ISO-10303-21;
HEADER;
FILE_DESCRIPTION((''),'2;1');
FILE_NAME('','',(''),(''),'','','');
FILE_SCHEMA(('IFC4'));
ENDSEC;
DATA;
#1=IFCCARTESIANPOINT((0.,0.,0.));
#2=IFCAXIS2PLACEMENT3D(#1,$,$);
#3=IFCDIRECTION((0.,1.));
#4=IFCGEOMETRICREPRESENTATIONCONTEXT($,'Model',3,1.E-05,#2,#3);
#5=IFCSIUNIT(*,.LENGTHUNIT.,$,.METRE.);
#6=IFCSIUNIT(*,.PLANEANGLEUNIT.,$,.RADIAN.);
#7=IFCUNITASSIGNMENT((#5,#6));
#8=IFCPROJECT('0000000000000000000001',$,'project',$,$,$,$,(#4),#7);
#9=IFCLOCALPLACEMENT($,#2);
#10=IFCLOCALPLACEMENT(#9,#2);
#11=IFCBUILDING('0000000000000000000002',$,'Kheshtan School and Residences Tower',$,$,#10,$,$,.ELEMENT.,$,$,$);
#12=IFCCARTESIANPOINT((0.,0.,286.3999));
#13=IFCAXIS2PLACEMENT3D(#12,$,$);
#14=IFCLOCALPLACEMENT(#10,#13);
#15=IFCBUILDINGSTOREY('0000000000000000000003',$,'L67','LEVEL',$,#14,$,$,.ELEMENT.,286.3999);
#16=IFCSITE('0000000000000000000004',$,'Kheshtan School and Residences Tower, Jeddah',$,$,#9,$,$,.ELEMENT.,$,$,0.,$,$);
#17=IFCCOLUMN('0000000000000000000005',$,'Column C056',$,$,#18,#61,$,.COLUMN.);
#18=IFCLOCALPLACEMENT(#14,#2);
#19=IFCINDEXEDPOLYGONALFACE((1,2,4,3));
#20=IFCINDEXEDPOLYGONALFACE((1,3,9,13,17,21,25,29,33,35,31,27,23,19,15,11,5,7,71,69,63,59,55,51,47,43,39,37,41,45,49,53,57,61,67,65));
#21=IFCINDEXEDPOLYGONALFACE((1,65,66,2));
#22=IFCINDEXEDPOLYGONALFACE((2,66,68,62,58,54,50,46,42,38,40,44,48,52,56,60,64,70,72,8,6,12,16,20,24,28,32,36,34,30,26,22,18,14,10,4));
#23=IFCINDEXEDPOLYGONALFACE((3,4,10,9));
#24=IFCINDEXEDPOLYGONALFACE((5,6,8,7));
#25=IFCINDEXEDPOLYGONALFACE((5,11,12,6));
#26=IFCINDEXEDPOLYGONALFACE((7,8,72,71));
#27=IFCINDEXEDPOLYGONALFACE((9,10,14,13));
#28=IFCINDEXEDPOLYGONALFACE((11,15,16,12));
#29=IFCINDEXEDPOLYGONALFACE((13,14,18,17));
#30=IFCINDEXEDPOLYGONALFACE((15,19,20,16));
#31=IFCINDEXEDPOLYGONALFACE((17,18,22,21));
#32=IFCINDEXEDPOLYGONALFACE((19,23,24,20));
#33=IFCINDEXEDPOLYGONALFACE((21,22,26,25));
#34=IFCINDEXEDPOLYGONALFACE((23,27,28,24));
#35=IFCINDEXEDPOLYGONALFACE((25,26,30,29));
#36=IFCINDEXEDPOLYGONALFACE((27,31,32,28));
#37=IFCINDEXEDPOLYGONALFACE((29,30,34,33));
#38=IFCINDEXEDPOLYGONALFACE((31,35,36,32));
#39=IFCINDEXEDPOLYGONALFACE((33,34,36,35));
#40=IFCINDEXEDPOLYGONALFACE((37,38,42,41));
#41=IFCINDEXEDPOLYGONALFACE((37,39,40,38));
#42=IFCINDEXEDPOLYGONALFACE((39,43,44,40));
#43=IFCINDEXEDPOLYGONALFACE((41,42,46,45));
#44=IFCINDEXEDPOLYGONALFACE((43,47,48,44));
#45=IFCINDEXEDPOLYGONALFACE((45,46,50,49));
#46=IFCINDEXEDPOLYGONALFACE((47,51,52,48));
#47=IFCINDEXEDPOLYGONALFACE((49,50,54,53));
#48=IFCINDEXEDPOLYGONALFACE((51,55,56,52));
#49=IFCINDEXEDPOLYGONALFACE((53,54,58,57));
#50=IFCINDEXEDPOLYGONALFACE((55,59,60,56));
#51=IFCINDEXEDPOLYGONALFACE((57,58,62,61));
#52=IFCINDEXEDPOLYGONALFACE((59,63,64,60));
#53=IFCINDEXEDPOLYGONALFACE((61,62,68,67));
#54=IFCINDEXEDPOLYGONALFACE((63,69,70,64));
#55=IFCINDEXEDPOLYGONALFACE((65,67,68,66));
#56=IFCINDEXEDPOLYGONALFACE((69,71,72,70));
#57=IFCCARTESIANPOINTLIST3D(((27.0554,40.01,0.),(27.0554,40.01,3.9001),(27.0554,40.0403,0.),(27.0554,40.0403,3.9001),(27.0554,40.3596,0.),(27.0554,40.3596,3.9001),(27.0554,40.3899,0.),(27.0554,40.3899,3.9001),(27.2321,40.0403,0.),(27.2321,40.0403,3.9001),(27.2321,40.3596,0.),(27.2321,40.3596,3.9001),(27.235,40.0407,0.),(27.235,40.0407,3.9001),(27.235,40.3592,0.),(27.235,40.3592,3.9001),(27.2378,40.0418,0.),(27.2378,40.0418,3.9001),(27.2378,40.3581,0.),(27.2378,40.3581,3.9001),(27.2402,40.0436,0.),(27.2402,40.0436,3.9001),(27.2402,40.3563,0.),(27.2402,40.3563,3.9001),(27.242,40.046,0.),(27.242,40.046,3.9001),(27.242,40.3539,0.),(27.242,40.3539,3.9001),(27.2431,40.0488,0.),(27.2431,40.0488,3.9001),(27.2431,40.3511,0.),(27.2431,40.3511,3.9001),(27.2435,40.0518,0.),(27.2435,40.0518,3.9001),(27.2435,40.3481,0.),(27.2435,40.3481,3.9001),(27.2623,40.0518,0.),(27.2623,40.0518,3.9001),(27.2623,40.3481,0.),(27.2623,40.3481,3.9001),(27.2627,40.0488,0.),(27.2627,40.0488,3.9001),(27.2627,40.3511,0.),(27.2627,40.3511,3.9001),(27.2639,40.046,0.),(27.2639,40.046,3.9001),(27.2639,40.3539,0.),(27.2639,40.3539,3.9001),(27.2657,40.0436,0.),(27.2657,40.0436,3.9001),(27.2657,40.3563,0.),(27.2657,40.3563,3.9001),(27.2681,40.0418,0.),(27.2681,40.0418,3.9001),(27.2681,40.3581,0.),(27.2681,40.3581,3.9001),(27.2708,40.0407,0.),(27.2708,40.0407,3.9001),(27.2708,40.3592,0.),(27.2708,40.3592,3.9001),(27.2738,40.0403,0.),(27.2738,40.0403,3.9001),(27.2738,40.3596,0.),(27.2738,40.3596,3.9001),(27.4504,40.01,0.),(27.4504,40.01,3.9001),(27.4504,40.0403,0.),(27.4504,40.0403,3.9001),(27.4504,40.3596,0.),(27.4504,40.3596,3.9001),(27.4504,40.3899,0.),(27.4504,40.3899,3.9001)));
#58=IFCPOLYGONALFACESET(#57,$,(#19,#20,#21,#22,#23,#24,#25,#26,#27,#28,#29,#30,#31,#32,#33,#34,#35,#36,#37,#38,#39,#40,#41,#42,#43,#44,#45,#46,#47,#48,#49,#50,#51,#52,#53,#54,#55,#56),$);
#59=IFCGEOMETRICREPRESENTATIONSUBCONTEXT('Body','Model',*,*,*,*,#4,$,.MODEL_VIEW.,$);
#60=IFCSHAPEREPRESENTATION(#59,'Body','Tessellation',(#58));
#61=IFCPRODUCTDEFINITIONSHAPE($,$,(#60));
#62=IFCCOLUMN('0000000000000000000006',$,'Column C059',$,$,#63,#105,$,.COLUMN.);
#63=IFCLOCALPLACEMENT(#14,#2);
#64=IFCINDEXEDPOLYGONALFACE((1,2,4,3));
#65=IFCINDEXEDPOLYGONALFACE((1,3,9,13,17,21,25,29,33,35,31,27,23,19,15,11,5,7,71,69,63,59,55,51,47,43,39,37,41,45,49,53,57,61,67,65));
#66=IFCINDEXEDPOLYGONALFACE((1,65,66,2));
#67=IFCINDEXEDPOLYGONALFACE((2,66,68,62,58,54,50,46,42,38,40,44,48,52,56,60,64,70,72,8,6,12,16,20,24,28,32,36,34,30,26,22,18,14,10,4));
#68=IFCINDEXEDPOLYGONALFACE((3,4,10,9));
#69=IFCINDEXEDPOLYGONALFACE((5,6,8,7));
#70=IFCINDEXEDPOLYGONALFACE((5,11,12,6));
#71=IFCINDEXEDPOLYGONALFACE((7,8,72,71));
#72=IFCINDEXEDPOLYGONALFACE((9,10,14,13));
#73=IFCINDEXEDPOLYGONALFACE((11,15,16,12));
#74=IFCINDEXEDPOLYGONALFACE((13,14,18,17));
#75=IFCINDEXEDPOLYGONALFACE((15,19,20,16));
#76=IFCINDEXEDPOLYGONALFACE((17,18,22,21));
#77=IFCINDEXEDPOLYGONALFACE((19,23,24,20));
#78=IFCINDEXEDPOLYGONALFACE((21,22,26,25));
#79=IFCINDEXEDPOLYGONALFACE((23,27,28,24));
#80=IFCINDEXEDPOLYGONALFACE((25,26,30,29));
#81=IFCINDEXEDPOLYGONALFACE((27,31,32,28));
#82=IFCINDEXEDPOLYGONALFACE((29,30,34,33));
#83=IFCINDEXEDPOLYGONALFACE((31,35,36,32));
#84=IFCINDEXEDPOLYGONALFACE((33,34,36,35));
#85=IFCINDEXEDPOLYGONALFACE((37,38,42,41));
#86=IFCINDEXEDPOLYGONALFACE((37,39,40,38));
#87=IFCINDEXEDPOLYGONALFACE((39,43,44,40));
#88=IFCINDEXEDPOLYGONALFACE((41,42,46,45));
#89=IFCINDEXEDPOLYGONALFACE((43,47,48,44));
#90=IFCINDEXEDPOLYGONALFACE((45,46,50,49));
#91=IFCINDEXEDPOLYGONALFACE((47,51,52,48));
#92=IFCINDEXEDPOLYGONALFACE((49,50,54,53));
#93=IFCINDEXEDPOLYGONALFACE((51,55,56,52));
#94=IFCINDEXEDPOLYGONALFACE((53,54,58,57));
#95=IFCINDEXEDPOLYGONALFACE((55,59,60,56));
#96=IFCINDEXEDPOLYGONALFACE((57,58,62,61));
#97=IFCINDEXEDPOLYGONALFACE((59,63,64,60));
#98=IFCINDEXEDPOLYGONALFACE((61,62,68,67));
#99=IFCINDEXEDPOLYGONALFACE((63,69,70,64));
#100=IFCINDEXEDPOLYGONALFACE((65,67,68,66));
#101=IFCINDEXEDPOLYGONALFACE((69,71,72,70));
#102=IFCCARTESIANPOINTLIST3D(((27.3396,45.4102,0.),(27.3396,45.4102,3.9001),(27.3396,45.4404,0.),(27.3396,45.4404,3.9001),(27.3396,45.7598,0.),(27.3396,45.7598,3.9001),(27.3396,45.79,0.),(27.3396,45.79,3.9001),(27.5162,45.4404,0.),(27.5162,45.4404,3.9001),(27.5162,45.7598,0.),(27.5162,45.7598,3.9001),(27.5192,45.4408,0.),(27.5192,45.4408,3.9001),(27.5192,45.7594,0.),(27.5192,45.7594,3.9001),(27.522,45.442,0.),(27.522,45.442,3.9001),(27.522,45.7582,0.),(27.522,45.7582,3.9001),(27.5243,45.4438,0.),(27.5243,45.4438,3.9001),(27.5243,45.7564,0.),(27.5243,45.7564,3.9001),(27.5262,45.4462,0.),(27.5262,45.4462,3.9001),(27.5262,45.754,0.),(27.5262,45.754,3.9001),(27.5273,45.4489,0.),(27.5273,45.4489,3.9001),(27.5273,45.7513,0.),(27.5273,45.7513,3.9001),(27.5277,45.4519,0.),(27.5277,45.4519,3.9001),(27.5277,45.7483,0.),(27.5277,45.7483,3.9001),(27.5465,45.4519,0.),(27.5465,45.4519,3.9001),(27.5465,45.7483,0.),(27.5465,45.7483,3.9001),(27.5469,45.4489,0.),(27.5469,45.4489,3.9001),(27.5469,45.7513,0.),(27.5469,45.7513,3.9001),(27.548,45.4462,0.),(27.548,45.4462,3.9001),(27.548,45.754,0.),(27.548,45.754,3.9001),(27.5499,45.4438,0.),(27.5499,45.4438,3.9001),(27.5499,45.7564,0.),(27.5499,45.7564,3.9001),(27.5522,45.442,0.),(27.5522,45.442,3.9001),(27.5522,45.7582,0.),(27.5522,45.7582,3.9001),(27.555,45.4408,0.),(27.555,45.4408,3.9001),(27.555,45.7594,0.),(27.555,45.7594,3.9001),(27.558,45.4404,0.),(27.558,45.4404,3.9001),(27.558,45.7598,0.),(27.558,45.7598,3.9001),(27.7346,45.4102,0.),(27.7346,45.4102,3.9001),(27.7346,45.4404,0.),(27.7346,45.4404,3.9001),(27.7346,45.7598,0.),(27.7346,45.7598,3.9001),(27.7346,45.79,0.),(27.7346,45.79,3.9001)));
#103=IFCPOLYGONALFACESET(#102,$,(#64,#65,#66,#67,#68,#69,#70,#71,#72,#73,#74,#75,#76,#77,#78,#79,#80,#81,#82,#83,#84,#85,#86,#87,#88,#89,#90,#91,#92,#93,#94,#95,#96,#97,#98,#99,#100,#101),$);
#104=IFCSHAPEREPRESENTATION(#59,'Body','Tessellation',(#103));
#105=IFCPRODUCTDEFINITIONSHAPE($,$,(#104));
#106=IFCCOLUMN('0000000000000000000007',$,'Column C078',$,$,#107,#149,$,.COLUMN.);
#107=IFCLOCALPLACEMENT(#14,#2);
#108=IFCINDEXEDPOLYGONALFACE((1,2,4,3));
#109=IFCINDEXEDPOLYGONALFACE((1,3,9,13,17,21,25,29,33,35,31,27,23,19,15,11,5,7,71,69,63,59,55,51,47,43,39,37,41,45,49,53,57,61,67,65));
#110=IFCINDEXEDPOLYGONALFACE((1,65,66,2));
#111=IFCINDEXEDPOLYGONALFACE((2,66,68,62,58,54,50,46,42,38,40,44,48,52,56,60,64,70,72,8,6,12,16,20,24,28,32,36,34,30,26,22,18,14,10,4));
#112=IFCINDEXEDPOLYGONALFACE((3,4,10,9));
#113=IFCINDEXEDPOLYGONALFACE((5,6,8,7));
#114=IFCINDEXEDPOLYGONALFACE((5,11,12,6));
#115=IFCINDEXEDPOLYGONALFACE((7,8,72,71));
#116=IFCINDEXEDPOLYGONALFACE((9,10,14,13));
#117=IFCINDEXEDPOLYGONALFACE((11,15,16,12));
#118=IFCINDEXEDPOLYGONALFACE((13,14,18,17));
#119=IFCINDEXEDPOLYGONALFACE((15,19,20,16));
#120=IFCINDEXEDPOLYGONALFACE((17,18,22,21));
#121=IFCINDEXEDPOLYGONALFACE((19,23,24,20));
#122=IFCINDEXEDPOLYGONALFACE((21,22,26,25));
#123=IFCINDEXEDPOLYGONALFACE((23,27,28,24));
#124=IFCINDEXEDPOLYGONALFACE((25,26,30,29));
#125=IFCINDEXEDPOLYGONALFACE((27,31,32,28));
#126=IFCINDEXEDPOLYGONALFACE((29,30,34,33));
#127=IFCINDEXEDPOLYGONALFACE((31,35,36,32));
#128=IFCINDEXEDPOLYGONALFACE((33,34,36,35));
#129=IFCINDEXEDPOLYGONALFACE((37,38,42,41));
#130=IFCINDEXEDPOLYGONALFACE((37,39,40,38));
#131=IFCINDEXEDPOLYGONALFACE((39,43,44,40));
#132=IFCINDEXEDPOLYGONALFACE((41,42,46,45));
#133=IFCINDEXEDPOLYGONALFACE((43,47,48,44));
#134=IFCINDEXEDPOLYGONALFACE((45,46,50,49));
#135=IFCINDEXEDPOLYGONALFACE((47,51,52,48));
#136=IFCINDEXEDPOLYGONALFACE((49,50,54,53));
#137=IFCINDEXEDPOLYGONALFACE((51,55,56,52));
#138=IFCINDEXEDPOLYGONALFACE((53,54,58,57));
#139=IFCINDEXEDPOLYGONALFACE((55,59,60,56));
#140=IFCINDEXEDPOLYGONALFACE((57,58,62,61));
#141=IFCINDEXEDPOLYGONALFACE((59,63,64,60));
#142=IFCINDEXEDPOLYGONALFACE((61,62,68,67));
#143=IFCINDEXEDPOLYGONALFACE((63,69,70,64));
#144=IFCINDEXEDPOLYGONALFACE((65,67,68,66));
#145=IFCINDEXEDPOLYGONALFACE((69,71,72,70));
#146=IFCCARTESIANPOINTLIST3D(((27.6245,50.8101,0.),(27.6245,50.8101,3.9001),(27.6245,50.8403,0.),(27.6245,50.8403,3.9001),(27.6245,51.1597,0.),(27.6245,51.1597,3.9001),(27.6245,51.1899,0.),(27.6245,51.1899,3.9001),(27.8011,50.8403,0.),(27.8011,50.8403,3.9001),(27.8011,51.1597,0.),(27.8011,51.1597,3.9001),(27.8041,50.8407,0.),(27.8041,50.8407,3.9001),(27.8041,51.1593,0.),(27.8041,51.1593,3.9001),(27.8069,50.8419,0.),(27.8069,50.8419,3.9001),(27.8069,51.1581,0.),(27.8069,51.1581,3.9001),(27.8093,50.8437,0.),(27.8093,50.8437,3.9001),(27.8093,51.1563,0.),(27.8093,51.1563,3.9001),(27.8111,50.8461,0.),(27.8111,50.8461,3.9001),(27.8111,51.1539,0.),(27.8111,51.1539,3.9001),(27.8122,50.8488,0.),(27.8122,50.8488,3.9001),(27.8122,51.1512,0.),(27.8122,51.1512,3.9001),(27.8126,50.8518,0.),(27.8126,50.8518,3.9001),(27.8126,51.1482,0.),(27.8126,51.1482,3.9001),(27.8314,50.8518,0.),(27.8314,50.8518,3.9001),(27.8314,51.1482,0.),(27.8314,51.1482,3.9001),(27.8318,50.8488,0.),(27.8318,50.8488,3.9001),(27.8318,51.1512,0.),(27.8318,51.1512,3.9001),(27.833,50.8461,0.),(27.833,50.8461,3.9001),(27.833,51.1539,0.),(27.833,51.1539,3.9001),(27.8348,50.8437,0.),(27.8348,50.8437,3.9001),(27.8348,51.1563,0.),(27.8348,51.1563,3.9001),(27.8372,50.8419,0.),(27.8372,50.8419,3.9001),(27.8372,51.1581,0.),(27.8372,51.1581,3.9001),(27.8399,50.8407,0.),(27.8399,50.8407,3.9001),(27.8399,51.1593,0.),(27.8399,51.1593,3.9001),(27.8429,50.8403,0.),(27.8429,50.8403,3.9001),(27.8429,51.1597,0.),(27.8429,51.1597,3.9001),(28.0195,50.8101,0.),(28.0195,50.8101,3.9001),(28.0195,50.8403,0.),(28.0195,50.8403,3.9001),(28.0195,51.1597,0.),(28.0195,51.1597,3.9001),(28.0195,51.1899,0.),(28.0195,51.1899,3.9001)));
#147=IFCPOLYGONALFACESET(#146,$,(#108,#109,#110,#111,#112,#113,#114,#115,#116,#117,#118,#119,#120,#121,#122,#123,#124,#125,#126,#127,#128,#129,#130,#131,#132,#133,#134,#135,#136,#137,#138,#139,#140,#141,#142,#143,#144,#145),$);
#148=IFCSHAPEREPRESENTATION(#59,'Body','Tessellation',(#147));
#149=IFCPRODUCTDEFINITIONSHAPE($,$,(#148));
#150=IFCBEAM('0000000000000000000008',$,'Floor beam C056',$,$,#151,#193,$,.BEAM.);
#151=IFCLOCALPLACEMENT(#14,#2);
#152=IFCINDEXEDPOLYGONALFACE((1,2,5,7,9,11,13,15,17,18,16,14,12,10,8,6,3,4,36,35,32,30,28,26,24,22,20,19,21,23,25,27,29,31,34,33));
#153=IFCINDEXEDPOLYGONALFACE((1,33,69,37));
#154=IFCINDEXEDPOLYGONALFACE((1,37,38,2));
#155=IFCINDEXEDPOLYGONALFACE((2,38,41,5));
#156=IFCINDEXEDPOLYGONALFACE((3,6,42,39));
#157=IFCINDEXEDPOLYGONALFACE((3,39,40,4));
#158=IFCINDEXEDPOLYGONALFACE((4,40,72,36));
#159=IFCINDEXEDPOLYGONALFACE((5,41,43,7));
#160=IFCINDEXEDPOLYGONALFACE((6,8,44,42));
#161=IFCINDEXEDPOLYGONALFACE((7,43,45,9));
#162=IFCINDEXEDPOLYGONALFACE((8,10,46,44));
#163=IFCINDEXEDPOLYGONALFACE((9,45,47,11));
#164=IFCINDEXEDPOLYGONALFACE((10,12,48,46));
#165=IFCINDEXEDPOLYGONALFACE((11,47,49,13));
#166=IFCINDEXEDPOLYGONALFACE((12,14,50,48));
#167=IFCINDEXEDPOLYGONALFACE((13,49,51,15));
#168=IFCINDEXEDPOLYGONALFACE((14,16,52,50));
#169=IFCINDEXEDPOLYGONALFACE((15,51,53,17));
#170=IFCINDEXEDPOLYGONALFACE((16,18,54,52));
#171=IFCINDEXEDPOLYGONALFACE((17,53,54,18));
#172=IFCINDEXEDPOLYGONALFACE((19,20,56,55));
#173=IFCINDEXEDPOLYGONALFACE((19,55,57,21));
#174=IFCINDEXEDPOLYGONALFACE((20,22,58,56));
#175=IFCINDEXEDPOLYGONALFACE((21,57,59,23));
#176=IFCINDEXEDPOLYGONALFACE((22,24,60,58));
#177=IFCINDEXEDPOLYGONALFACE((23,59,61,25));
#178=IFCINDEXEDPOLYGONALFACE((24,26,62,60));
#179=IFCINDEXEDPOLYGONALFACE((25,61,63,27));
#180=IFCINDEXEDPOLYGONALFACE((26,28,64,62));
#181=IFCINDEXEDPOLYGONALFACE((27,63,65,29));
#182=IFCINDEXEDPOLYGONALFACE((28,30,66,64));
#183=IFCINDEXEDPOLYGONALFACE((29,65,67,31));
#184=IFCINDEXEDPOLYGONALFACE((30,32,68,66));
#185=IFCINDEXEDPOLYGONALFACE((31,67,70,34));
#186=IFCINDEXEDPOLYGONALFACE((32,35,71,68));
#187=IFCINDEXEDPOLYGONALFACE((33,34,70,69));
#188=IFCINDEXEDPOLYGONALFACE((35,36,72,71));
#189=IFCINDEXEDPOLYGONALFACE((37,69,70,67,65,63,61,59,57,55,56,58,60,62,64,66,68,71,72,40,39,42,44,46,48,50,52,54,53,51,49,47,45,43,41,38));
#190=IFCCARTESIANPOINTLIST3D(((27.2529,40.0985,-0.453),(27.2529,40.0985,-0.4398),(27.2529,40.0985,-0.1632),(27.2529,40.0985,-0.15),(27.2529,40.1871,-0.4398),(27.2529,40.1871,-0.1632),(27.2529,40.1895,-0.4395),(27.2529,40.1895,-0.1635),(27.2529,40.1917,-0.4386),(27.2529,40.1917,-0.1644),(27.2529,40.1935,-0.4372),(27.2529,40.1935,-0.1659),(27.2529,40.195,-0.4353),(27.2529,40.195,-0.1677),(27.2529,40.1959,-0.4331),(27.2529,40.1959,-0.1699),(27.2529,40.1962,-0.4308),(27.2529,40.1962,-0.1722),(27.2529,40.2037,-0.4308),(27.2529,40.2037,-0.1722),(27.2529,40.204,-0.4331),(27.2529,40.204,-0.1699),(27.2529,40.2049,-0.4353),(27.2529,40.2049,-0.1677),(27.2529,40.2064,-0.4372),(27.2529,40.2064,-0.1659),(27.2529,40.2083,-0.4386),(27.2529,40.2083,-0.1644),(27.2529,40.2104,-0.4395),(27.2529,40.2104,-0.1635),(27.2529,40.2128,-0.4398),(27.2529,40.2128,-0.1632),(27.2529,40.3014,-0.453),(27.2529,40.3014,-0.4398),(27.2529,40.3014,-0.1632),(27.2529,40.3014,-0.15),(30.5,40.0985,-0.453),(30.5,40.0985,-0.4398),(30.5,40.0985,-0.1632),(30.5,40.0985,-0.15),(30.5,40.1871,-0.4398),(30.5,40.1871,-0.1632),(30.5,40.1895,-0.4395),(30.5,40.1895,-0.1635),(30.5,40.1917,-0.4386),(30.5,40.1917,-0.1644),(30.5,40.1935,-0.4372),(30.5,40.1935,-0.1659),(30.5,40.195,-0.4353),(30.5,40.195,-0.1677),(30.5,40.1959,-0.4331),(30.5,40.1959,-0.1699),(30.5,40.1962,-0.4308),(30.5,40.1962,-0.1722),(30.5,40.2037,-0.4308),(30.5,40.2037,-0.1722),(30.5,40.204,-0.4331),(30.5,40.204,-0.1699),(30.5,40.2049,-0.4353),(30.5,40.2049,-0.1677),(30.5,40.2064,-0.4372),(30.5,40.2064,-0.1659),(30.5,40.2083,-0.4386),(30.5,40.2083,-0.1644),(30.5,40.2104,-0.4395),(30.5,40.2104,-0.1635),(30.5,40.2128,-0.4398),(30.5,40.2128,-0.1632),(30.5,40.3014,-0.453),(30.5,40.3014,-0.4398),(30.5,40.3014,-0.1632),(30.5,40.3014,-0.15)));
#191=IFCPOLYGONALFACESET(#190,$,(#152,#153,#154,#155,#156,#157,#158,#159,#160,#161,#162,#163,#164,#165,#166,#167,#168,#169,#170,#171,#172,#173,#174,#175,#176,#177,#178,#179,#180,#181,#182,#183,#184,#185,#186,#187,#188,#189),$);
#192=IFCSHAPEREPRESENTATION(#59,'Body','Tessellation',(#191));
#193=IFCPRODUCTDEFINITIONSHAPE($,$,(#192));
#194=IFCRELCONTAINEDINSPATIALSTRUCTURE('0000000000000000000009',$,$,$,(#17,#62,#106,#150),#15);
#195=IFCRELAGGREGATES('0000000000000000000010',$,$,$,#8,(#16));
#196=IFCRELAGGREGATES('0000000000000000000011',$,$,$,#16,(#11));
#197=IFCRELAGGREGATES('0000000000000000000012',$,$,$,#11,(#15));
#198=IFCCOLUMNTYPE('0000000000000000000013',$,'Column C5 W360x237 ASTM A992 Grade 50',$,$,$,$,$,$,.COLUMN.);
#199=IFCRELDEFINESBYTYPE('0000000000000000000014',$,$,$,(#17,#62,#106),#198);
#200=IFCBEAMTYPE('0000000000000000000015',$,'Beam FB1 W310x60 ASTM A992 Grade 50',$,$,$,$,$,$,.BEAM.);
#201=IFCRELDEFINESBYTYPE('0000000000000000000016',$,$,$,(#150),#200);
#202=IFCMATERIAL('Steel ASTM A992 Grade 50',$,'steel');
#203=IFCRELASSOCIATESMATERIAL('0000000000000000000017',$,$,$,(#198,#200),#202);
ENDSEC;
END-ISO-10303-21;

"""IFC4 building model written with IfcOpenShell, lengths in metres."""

from ifc_helpers import new_model, si_unit, direction, frame, origin, origin_2d, place, context, subcontext, project, spatial, i_section, extrude, material, material_profile, profile_set, type_object, element, save


model = new_model("IFC4")

# Units and contexts
model_context = context("Model", 3, precision=1e-05, world=origin(), true_north=direction((0.0, 1.0)))
body_context = subcontext(model_context, "Body", "Model", "MODEL_VIEW")
ifc_project = project(units=[si_unit("LENGTHUNIT", "METRE"), si_unit("PLANEANGLEUNIT", "RADIAN")], contexts=[model_context])

# Site, building, storey
site_placement = place(None, origin())
site = spatial("IfcSite", under=ifc_project, at=site_placement, Name="Kheshtan School and Residences Tower, Jeddah", CompositionType="ELEMENT", RefElevation=0.0)
building_placement = place(site_placement, origin())
building = spatial("IfcBuilding", under=site, at=building_placement, Name="Kheshtan School and Residences Tower", CompositionType="ELEMENT")
storey_placement = place(building_placement, frame((0.0, 0.0, 286.3999)))
storey = spatial("IfcBuildingStorey", under=building, at=storey_placement, Name="L67", Description="LEVEL", CompositionType="ELEMENT", Elevation=286.3999)

# Columns
ifc_material_1 = material(Name="Steel ASTM A992 Grade 50", Category="steel")
ifc_material_profile_1 = material_profile(ifc_material_1, i_section(OverallWidth=0.395, OverallDepth=0.3799, WebThickness=0.0188, FlangeThickness=0.0303, FilletRadius=0.0115, at=origin_2d()), Name="W360x237")
ifc_profile_set_1 = profile_set([ifc_material_profile_1], Name="Steel ASTM A992 Grade 50")
column_type = type_object("IfcColumnType", Name="Column C5 W360x237 ASTM A992 Grade 50", PredefinedType="COLUMN", material=ifc_profile_set_1)
for number, where, z_axis, x_axis, name in (
    (1, (27.2529, 40.2, 0.0), (0.0, 0.0, 1.0), (1.0, 0.0, 0.0), "Column C056"),
    (2, (27.5371, 45.6001, 0.0), (0.0, 0.0, 1.0), (1.0, 0.0, 0.0), "Column C059"),
    (3, (27.822, 51.0, 0.0), (0.0, 0.0, 1.0), (1.0, 0.0, 0.0), "Column C078"),
):
    element("IfcColumn", number, at=place(storey_placement, frame(where, z_axis=z_axis, x_axis=x_axis)), inside=storey, type_object=column_type, Name=name, PredefinedType="COLUMN", context=body_context, shape_type="SweptSolid", body=[
        extrude(i_section(OverallWidth=0.395, OverallDepth=0.3799, WebThickness=0.0188, FlangeThickness=0.0303, FilletRadius=0.0115, at=origin_2d()), origin(), (0.0, 0.0, 1.0), 3.9001),
    ])

# Beam
ifc_material_profile_2 = material_profile(ifc_material_1, i_section(OverallWidth=0.2029, OverallDepth=0.303, WebThickness=0.0076, FlangeThickness=0.0132, FilletRadius=0.009, at=origin_2d()), Name="W310x60")
ifc_profile_set_2 = profile_set([ifc_material_profile_2], Name="Steel ASTM A992 Grade 50")
beam_type_1 = type_object("IfcBeamType", Name="Beam FB1 W310x60 ASTM A992 Grade 50", PredefinedType="BEAM", material=ifc_profile_set_2)
beam_1_placement = place(storey_placement, frame((27.2529, 40.2, -0.3015), z_axis=(1.0, 0.0, 0.0), x_axis=(0.0, 1.0, 0.0)))
element("IfcBeam", 4, at=beam_1_placement, inside=storey, type_object=beam_type_1, Name="Floor beam C056", PredefinedType="BEAM", context=body_context, shape_type="SweptSolid", body=[
    extrude(i_section(OverallWidth=0.2029, OverallDepth=0.303, WebThickness=0.0076, FlangeThickness=0.0132, FilletRadius=0.009, at=origin_2d()), origin(), (0.0, 0.0, 1.0), 3.2471),
])

save(model, "model.ifc")
